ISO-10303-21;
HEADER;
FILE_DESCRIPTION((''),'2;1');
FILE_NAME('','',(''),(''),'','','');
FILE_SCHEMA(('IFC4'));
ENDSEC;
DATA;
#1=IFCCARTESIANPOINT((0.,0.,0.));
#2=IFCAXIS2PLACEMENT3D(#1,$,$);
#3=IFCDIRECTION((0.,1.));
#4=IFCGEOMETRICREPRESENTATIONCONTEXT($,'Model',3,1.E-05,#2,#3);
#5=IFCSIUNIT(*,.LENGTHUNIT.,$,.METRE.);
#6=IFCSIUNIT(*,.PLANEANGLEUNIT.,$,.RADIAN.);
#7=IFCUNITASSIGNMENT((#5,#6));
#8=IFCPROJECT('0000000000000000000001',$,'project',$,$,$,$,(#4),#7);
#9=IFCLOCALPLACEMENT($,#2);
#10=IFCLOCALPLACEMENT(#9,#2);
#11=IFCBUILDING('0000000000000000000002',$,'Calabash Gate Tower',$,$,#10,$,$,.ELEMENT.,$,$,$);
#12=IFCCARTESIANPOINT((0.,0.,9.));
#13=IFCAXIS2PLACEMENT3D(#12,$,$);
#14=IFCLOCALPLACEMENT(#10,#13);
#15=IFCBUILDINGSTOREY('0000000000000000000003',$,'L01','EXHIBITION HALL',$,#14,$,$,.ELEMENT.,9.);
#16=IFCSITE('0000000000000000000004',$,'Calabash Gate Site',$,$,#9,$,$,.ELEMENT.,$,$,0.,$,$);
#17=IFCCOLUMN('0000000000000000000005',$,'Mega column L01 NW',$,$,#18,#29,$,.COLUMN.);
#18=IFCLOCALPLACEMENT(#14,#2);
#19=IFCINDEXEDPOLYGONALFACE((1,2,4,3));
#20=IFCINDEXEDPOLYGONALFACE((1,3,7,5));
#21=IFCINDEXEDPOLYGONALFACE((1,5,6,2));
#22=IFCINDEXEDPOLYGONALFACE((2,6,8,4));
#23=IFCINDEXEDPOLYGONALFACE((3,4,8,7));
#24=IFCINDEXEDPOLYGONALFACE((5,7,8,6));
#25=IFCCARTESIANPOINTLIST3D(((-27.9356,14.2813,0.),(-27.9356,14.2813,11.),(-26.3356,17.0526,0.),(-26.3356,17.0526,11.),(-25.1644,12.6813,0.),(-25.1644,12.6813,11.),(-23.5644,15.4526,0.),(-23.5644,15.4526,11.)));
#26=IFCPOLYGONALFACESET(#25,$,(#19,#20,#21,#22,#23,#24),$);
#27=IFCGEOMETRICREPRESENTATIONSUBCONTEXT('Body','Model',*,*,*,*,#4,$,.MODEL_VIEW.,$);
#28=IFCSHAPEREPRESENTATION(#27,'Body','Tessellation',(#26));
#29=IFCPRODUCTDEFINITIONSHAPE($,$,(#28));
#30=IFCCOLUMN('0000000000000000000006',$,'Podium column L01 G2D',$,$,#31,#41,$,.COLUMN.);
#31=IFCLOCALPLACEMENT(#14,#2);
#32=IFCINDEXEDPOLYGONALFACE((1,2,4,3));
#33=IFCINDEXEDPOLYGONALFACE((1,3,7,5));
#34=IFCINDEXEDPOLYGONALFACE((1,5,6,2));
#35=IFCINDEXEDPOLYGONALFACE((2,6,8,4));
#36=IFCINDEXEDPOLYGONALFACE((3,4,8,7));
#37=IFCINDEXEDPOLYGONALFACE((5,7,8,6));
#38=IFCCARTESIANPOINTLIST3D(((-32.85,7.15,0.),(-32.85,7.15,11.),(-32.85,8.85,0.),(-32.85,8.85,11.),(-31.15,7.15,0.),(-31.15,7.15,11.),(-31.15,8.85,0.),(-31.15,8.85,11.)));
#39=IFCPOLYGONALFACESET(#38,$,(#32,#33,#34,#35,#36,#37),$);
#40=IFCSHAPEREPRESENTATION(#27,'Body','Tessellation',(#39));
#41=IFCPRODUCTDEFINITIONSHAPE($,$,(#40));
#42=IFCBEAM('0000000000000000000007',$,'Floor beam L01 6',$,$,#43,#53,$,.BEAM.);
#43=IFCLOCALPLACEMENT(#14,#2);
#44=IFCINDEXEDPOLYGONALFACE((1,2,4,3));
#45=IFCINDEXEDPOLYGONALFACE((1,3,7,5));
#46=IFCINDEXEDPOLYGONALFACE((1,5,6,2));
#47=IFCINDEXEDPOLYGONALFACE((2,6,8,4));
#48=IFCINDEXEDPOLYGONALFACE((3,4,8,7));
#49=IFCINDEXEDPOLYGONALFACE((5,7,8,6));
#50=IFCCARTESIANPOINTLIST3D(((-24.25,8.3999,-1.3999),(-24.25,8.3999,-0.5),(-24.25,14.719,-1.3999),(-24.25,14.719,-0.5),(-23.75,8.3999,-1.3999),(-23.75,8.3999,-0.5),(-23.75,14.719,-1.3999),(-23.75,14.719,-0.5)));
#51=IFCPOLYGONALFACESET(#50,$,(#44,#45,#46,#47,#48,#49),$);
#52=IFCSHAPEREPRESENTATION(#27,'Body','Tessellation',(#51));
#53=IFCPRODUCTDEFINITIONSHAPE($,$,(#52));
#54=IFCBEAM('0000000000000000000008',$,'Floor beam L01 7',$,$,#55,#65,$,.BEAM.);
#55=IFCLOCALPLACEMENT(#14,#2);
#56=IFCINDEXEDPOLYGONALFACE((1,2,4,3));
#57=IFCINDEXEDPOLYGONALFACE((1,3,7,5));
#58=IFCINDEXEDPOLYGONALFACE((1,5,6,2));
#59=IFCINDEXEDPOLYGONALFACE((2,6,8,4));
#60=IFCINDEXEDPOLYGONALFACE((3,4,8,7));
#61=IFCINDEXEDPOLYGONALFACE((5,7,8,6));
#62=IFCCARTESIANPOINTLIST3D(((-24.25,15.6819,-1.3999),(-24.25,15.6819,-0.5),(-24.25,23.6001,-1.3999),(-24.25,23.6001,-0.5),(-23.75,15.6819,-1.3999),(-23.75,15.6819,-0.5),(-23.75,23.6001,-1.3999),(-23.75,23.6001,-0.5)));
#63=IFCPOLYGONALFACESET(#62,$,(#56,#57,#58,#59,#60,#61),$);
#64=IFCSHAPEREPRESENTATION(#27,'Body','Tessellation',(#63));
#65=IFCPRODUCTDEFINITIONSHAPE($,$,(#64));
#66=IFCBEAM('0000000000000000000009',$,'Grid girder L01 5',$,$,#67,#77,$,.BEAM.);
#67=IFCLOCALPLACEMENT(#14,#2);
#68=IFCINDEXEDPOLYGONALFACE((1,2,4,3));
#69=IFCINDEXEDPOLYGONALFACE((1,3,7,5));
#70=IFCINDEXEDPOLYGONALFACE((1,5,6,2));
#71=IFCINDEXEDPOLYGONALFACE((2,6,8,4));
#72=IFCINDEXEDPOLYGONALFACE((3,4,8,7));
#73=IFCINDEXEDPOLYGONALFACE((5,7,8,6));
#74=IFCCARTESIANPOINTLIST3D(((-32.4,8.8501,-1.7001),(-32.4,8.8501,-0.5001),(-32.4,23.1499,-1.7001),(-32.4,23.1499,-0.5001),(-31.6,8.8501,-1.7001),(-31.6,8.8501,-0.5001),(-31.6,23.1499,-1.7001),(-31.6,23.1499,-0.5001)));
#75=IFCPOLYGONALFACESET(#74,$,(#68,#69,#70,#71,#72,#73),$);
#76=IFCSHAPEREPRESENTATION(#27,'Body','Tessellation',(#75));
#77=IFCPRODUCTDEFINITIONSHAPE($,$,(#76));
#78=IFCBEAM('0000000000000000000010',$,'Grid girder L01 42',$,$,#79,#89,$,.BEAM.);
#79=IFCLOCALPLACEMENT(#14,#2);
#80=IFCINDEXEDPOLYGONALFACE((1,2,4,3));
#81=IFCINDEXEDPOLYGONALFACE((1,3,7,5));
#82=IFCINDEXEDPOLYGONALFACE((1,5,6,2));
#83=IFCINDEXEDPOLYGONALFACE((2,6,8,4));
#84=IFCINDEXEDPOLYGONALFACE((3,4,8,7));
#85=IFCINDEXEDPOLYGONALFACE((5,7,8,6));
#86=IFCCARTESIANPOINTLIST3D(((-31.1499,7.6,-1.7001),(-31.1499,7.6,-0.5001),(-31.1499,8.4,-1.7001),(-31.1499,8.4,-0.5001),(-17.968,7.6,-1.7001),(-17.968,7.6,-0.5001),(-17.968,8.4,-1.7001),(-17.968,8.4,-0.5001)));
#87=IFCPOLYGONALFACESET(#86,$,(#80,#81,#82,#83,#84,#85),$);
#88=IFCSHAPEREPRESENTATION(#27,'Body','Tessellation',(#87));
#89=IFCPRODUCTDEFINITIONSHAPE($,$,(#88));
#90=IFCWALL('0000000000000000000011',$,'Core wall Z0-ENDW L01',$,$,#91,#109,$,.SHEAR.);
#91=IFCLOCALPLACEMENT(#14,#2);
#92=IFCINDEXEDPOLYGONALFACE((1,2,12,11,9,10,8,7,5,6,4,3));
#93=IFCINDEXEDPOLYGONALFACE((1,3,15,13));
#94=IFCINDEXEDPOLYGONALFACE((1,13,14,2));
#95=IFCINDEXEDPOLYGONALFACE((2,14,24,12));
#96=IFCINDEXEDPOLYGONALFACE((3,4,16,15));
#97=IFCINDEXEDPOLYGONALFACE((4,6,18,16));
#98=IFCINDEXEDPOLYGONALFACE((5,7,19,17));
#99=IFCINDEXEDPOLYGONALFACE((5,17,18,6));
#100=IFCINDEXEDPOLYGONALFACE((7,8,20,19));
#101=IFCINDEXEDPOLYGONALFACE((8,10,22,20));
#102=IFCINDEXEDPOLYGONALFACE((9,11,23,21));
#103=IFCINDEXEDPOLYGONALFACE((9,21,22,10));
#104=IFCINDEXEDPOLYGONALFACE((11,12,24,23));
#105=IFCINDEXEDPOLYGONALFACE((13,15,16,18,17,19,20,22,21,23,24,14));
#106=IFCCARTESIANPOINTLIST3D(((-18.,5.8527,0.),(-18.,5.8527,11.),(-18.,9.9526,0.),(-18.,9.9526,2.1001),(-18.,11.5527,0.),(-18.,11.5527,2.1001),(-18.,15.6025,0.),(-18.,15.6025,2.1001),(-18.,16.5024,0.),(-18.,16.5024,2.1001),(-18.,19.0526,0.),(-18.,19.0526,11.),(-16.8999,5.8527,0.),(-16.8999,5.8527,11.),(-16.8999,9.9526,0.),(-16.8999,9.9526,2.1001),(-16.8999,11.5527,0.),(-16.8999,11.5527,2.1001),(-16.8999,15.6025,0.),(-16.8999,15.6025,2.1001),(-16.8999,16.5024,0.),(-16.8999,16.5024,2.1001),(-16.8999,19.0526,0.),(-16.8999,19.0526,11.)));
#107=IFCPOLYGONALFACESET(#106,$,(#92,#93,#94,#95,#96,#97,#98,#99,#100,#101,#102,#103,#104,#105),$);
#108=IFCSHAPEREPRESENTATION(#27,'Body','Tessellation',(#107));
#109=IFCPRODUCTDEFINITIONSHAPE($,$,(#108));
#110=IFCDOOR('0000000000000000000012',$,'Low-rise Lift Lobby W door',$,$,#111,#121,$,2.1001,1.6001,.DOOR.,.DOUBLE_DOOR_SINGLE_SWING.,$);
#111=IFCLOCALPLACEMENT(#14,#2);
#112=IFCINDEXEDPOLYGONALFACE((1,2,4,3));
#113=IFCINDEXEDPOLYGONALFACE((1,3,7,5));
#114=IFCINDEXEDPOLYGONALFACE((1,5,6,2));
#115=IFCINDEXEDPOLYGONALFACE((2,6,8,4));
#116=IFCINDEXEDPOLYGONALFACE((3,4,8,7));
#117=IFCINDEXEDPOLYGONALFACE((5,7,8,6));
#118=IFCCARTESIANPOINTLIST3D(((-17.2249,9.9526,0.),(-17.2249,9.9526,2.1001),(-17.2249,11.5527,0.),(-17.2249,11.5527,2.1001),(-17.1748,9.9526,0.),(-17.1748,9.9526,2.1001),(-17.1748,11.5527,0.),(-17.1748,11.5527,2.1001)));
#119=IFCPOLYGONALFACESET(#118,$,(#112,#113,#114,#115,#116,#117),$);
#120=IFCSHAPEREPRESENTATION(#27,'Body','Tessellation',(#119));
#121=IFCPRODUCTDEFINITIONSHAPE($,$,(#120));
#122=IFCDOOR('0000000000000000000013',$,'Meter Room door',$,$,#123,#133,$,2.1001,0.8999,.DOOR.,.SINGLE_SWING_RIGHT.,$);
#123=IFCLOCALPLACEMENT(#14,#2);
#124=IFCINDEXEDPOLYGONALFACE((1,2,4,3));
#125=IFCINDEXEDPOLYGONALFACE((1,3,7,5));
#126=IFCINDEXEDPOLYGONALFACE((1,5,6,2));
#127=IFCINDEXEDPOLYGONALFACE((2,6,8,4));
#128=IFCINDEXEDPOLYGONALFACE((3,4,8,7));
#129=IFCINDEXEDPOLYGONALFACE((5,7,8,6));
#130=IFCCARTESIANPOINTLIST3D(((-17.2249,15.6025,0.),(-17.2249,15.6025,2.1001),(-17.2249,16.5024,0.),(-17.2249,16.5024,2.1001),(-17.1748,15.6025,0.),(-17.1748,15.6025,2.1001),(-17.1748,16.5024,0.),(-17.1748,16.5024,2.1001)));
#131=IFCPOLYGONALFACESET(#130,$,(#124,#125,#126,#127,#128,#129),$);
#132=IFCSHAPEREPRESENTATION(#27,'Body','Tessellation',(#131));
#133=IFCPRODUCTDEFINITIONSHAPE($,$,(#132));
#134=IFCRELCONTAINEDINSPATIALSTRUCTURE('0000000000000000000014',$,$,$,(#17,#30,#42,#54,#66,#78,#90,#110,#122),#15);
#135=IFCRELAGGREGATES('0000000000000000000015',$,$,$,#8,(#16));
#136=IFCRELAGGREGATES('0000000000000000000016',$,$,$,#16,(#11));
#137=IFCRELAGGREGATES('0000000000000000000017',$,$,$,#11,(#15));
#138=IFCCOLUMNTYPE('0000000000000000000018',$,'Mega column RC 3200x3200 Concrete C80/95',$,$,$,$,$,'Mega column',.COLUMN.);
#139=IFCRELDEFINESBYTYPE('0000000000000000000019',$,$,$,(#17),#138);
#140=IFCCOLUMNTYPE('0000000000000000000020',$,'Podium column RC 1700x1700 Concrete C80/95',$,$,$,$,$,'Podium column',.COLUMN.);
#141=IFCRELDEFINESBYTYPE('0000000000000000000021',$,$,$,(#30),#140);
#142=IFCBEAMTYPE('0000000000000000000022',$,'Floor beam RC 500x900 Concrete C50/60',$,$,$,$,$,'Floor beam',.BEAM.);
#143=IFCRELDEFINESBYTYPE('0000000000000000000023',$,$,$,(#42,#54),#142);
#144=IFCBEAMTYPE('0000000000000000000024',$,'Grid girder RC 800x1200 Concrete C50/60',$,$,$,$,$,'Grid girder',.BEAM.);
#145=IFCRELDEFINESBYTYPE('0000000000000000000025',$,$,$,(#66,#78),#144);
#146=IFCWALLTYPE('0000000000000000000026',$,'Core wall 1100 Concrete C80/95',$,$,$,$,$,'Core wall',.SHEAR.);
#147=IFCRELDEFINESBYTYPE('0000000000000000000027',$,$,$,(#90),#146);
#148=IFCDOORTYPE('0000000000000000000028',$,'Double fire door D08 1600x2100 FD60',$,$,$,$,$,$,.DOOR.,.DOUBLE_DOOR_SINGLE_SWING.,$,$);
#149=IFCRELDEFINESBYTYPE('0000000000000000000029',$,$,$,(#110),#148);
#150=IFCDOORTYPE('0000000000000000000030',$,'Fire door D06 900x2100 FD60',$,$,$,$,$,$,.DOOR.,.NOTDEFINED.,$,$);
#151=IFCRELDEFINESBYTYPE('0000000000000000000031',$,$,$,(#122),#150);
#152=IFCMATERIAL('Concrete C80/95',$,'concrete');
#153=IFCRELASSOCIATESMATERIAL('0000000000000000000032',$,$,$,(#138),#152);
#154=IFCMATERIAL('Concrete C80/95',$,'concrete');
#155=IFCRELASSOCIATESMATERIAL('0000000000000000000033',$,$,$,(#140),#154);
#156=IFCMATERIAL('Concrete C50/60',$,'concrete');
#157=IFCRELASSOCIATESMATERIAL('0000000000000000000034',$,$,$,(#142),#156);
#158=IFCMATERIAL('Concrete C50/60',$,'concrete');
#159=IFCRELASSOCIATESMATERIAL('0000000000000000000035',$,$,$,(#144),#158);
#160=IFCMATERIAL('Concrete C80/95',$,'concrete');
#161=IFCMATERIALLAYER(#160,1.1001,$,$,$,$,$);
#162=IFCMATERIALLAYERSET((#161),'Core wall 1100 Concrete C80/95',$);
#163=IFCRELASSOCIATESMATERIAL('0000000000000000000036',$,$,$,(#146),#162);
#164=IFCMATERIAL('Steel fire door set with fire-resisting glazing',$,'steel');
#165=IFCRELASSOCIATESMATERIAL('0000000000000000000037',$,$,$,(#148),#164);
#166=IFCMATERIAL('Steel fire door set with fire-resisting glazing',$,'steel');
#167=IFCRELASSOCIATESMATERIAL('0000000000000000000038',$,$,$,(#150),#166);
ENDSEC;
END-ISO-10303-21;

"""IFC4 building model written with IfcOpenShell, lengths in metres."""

from ifc_helpers import new_model, si_unit, direction, frame, frame_2d, origin, origin_2d, place, context, subcontext, project, spatial, rectangle, extrude, material, layer, layer_set, material_profile, profile_set, type_object, element, fill, save


model = new_model("IFC4")

# Units and contexts
model_context = context("Model", 3, precision=1e-05, world=origin(), true_north=direction((0.0, 1.0)))
body_context = subcontext(model_context, "Body", "Model", "MODEL_VIEW")
ifc_project = project(units=[si_unit("LENGTHUNIT", "METRE"), si_unit("PLANEANGLEUNIT", "RADIAN")], contexts=[model_context])

# Site, building, storey
site_placement = place(None, origin())
site = spatial("IfcSite", under=ifc_project, at=site_placement, Name="Calabash Gate Site", CompositionType="ELEMENT", RefElevation=0.0)
building_placement = place(site_placement, origin())
building = spatial("IfcBuilding", under=site, at=building_placement, Name="Calabash Gate Tower", CompositionType="ELEMENT")
storey_placement = place(building_placement, frame((0.0, 0.0, 9.0)))
storey = spatial("IfcBuildingStorey", under=building, at=storey_placement, Name="L01", Description="EXHIBITION HALL", CompositionType="ELEMENT", Elevation=9.0)

# Columns
ifc_material_1 = material(Name="Concrete C80/95", Category="concrete")
ifc_material_profile_1 = material_profile(ifc_material_1, rectangle(XDim=3.2, YDim=3.2, at=origin_2d()))
ifc_profile_set_1 = profile_set([ifc_material_profile_1], Name="Concrete C80/95")
column_type_1 = type_object("IfcColumnType", Name="Mega column RC 3200x3200 Concrete C80/95", ElementType="Mega column", PredefinedType="COLUMN", material=ifc_profile_set_1)
column_1_placement = place(storey_placement, frame((-25.75, 14.8669, 0.0), z_axis=(0.0, 0.0, 1.0), x_axis=(0.866025, -0.5, 0.0)))
element("IfcColumn", 1, at=column_1_placement, inside=storey, type_object=column_type_1, Name="Mega column L01 NW", PredefinedType="COLUMN", context=body_context, shape_type="SweptSolid", body=[
    extrude(rectangle(XDim=3.2, YDim=3.2, at=origin_2d()), origin(), (0.0, 0.0, 1.0), 11.0),
])
ifc_material_2 = material(Name="Concrete C80/95", Category="concrete")
ifc_material_profile_2 = material_profile(ifc_material_2, rectangle(XDim=1.7, YDim=1.7, at=origin_2d()))
ifc_profile_set_2 = profile_set([ifc_material_profile_2], Name="Concrete C80/95")
column_type_2 = type_object("IfcColumnType", Name="Podium column RC 1700x1700 Concrete C80/95", ElementType="Podium column", PredefinedType="COLUMN", material=ifc_profile_set_2)
column_2_placement = place(storey_placement, frame((-32.0, 8.0, 0.0), z_axis=(0.0, 0.0, 1.0), x_axis=(1.0, 0.0, 0.0)))
element("IfcColumn", 2, at=column_2_placement, inside=storey, type_object=column_type_2, Name="Podium column L01 G2D", PredefinedType="COLUMN", context=body_context, shape_type="SweptSolid", body=[
    extrude(rectangle(XDim=1.7, YDim=1.7, at=origin_2d()), origin(), (0.0, 0.0, 1.0), 11.0),
])

# Beams
ifc_material_3 = material(Name="Concrete C50/60", Category="concrete")
ifc_material_profile_3 = material_profile(ifc_material_3, rectangle(XDim=0.5, YDim=0.8999, at=origin_2d()))
ifc_profile_set_3 = profile_set([ifc_material_profile_3], Name="Concrete C50/60")
beam_type_1 = type_object("IfcBeamType", Name="Floor beam RC 500x900 Concrete C50/60", ElementType="Floor beam", PredefinedType="BEAM", material=ifc_profile_set_3)
beam_1_placement = place(storey_placement, frame((-24.0, 8.3999, -0.95), z_axis=(0.0, 1.0, 0.0), x_axis=(-1.0, 0.0, 0.0)))
element("IfcBeam", 3, at=beam_1_placement, inside=storey, type_object=beam_type_1, Name="Floor beam L01 6", PredefinedType="BEAM", context=body_context, shape_type="SweptSolid", body=[
    extrude(rectangle(XDim=0.5, YDim=0.8999, at=origin_2d()), origin(), (0.0, 0.0, 1.0), 6.3191),
])
beam_2_placement = place(storey_placement, frame((-24.0, 15.6819, -0.95), z_axis=(0.0, 1.0, 0.0), x_axis=(-1.0, 0.0, 0.0)))
element("IfcBeam", 4, at=beam_2_placement, inside=storey, type_object=beam_type_1, Name="Floor beam L01 7", PredefinedType="BEAM", context=body_context, shape_type="SweptSolid", body=[
    extrude(rectangle(XDim=0.5, YDim=0.8999, at=origin_2d()), origin(), (0.0, 0.0, 1.0), 7.9182),
])
ifc_material_4 = material(Name="Concrete C50/60", Category="concrete")
ifc_material_profile_4 = material_profile(ifc_material_4, rectangle(XDim=0.8, YDim=1.2, at=origin_2d()))
ifc_profile_set_4 = profile_set([ifc_material_profile_4], Name="Concrete C50/60")
beam_type_2 = type_object("IfcBeamType", Name="Grid girder RC 800x1200 Concrete C50/60", ElementType="Grid girder", PredefinedType="BEAM", material=ifc_profile_set_4)
beam_3_placement = place(storey_placement, frame((-32.0, 8.8501, -1.1001), z_axis=(0.0, 1.0, 0.0), x_axis=(-1.0, 0.0, 0.0)))
element("IfcBeam", 5, at=beam_3_placement, inside=storey, type_object=beam_type_2, Name="Grid girder L01 5", PredefinedType="BEAM", context=body_context, shape_type="SweptSolid", body=[
    extrude(rectangle(XDim=0.8, YDim=1.2, at=origin_2d()), origin(), (0.0, 0.0, 1.0), 14.2998),
])
beam_4_placement = place(storey_placement, frame((-31.1499, 8.0, -1.1001), z_axis=(1.0, 0.0, 0.0), x_axis=(0.0, 1.0, 0.0)))
element("IfcBeam", 6, at=beam_4_placement, inside=storey, type_object=beam_type_2, Name="Grid girder L01 42", PredefinedType="BEAM", context=body_context, shape_type="SweptSolid", body=[
    extrude(rectangle(XDim=0.8, YDim=1.2, at=origin_2d()), origin(), (0.0, 0.0, 1.0), 13.1819),
])

# Wall, openings, doors
ifc_material_5 = material(Name="Concrete C80/95", Category="concrete")
ifc_layer_1 = layer(ifc_material_5, 1.1001)
ifc_layer_set_1 = layer_set([ifc_layer_1], Name="Core wall 1100 Concrete C80/95")
wall_type_1 = type_object("IfcWallType", Name="Core wall 1100 Concrete C80/95", ElementType="Core wall", PredefinedType="SHEAR", material=ifc_layer_set_1)
wall_1_placement = place(storey_placement, frame((-17.45, 5.8525, 0.0), z_axis=(0.0, 0.0, 1.0), x_axis=(0.0, 1.0, 0.0)))
wall_1 = element("IfcWall", 7, at=wall_1_placement, inside=storey, type_object=wall_type_1, Name="Core wall Z0-ENDW L01", PredefinedType="SHEAR", context=body_context, shape_type="SweptSolid", body=[
    extrude(rectangle(XDim=13.2, YDim=1.1001, at=frame_2d((6.6001, 0.0))), origin(), (0.0, 0.0, 1.0), 11.0),
])
opening_1_placement = place(wall_1_placement, frame((4.1001, 0.0, 0.0)))
opening_1 = element("IfcOpeningElement", 8, at=opening_1_placement, cuts=wall_1, PredefinedType="OPENING", context=body_context, shape_type="SweptSolid", body=[
    extrude(rectangle(XDim=1.6001, YDim=2.1001, at=frame_2d((0.8, 1.05))), frame((0.0, 0.5601, 0.0), z_axis=(0.0, -1.0, 0.0), x_axis=(1.0, 0.0, 0.0)), (0.0, 0.0, 1.0), 1.1201),
])
opening_2_placement = place(wall_1_placement, frame((9.75, 0.0, 0.0)))
opening_2 = element("IfcOpeningElement", 9, at=opening_2_placement, cuts=wall_1, PredefinedType="OPENING", context=body_context, shape_type="SweptSolid", body=[
    extrude(rectangle(XDim=0.8999, YDim=2.1001, at=frame_2d((0.45, 1.05))), frame((0.0, 0.5601, 0.0), z_axis=(0.0, -1.0, 0.0), x_axis=(1.0, 0.0, 0.0)), (0.0, 0.0, 1.0), 1.1201),
])
ifc_material_6 = material(Name="Steel fire door set with fire-resisting glazing", Category="steel")
door_type_1 = type_object("IfcDoorType", Name="Double fire door D08 1600x2100 FD60", OperationType="DOUBLE_DOOR_SINGLE_SWING", PredefinedType="DOOR", material=ifc_material_6)
door_1_placement = place(opening_1_placement, origin())
door_1 = element("IfcDoor", 10, at=door_1_placement, inside=storey, type_object=door_type_1, Name="Low-rise Lift Lobby W door", OperationType="DOUBLE_DOOR_SINGLE_SWING", OverallHeight=2.1001, OverallWidth=1.6001, PredefinedType="DOOR", context=body_context, shape_type="SweptSolid", body=[
    extrude(rectangle(XDim=1.6001, YDim=2.1001, at=frame_2d((0.8, 1.05))), frame((0.0, -0.2251, 0.0), z_axis=(0.0, -1.0, 0.0), x_axis=(1.0, 0.0, 0.0)), (0.0, 0.0, 1.0), 0.05),
])
fill(opening_1, door_1)
ifc_material_7 = material(Name="Steel fire door set with fire-resisting glazing", Category="steel")
door_type_2 = type_object("IfcDoorType", Name="Fire door D06 900x2100 FD60", OperationType="NOTDEFINED", PredefinedType="DOOR", material=ifc_material_7)
door_2_placement = place(opening_2_placement, origin())
door_2 = element("IfcDoor", 11, at=door_2_placement, inside=storey, type_object=door_type_2, Name="Meter Room door", OperationType="SINGLE_SWING_RIGHT", OverallHeight=2.1001, OverallWidth=0.8999, PredefinedType="DOOR", context=body_context, shape_type="SweptSolid", body=[
    extrude(rectangle(XDim=0.8999, YDim=2.1001, at=frame_2d((0.45, 1.05))), frame((0.0, -0.2251, 0.0), z_axis=(0.0, -1.0, 0.0), x_axis=(1.0, 0.0, 0.0)), (0.0, 0.0, 1.0), 0.05),
])
fill(opening_2, door_2)

save(model, "model.ifc")
